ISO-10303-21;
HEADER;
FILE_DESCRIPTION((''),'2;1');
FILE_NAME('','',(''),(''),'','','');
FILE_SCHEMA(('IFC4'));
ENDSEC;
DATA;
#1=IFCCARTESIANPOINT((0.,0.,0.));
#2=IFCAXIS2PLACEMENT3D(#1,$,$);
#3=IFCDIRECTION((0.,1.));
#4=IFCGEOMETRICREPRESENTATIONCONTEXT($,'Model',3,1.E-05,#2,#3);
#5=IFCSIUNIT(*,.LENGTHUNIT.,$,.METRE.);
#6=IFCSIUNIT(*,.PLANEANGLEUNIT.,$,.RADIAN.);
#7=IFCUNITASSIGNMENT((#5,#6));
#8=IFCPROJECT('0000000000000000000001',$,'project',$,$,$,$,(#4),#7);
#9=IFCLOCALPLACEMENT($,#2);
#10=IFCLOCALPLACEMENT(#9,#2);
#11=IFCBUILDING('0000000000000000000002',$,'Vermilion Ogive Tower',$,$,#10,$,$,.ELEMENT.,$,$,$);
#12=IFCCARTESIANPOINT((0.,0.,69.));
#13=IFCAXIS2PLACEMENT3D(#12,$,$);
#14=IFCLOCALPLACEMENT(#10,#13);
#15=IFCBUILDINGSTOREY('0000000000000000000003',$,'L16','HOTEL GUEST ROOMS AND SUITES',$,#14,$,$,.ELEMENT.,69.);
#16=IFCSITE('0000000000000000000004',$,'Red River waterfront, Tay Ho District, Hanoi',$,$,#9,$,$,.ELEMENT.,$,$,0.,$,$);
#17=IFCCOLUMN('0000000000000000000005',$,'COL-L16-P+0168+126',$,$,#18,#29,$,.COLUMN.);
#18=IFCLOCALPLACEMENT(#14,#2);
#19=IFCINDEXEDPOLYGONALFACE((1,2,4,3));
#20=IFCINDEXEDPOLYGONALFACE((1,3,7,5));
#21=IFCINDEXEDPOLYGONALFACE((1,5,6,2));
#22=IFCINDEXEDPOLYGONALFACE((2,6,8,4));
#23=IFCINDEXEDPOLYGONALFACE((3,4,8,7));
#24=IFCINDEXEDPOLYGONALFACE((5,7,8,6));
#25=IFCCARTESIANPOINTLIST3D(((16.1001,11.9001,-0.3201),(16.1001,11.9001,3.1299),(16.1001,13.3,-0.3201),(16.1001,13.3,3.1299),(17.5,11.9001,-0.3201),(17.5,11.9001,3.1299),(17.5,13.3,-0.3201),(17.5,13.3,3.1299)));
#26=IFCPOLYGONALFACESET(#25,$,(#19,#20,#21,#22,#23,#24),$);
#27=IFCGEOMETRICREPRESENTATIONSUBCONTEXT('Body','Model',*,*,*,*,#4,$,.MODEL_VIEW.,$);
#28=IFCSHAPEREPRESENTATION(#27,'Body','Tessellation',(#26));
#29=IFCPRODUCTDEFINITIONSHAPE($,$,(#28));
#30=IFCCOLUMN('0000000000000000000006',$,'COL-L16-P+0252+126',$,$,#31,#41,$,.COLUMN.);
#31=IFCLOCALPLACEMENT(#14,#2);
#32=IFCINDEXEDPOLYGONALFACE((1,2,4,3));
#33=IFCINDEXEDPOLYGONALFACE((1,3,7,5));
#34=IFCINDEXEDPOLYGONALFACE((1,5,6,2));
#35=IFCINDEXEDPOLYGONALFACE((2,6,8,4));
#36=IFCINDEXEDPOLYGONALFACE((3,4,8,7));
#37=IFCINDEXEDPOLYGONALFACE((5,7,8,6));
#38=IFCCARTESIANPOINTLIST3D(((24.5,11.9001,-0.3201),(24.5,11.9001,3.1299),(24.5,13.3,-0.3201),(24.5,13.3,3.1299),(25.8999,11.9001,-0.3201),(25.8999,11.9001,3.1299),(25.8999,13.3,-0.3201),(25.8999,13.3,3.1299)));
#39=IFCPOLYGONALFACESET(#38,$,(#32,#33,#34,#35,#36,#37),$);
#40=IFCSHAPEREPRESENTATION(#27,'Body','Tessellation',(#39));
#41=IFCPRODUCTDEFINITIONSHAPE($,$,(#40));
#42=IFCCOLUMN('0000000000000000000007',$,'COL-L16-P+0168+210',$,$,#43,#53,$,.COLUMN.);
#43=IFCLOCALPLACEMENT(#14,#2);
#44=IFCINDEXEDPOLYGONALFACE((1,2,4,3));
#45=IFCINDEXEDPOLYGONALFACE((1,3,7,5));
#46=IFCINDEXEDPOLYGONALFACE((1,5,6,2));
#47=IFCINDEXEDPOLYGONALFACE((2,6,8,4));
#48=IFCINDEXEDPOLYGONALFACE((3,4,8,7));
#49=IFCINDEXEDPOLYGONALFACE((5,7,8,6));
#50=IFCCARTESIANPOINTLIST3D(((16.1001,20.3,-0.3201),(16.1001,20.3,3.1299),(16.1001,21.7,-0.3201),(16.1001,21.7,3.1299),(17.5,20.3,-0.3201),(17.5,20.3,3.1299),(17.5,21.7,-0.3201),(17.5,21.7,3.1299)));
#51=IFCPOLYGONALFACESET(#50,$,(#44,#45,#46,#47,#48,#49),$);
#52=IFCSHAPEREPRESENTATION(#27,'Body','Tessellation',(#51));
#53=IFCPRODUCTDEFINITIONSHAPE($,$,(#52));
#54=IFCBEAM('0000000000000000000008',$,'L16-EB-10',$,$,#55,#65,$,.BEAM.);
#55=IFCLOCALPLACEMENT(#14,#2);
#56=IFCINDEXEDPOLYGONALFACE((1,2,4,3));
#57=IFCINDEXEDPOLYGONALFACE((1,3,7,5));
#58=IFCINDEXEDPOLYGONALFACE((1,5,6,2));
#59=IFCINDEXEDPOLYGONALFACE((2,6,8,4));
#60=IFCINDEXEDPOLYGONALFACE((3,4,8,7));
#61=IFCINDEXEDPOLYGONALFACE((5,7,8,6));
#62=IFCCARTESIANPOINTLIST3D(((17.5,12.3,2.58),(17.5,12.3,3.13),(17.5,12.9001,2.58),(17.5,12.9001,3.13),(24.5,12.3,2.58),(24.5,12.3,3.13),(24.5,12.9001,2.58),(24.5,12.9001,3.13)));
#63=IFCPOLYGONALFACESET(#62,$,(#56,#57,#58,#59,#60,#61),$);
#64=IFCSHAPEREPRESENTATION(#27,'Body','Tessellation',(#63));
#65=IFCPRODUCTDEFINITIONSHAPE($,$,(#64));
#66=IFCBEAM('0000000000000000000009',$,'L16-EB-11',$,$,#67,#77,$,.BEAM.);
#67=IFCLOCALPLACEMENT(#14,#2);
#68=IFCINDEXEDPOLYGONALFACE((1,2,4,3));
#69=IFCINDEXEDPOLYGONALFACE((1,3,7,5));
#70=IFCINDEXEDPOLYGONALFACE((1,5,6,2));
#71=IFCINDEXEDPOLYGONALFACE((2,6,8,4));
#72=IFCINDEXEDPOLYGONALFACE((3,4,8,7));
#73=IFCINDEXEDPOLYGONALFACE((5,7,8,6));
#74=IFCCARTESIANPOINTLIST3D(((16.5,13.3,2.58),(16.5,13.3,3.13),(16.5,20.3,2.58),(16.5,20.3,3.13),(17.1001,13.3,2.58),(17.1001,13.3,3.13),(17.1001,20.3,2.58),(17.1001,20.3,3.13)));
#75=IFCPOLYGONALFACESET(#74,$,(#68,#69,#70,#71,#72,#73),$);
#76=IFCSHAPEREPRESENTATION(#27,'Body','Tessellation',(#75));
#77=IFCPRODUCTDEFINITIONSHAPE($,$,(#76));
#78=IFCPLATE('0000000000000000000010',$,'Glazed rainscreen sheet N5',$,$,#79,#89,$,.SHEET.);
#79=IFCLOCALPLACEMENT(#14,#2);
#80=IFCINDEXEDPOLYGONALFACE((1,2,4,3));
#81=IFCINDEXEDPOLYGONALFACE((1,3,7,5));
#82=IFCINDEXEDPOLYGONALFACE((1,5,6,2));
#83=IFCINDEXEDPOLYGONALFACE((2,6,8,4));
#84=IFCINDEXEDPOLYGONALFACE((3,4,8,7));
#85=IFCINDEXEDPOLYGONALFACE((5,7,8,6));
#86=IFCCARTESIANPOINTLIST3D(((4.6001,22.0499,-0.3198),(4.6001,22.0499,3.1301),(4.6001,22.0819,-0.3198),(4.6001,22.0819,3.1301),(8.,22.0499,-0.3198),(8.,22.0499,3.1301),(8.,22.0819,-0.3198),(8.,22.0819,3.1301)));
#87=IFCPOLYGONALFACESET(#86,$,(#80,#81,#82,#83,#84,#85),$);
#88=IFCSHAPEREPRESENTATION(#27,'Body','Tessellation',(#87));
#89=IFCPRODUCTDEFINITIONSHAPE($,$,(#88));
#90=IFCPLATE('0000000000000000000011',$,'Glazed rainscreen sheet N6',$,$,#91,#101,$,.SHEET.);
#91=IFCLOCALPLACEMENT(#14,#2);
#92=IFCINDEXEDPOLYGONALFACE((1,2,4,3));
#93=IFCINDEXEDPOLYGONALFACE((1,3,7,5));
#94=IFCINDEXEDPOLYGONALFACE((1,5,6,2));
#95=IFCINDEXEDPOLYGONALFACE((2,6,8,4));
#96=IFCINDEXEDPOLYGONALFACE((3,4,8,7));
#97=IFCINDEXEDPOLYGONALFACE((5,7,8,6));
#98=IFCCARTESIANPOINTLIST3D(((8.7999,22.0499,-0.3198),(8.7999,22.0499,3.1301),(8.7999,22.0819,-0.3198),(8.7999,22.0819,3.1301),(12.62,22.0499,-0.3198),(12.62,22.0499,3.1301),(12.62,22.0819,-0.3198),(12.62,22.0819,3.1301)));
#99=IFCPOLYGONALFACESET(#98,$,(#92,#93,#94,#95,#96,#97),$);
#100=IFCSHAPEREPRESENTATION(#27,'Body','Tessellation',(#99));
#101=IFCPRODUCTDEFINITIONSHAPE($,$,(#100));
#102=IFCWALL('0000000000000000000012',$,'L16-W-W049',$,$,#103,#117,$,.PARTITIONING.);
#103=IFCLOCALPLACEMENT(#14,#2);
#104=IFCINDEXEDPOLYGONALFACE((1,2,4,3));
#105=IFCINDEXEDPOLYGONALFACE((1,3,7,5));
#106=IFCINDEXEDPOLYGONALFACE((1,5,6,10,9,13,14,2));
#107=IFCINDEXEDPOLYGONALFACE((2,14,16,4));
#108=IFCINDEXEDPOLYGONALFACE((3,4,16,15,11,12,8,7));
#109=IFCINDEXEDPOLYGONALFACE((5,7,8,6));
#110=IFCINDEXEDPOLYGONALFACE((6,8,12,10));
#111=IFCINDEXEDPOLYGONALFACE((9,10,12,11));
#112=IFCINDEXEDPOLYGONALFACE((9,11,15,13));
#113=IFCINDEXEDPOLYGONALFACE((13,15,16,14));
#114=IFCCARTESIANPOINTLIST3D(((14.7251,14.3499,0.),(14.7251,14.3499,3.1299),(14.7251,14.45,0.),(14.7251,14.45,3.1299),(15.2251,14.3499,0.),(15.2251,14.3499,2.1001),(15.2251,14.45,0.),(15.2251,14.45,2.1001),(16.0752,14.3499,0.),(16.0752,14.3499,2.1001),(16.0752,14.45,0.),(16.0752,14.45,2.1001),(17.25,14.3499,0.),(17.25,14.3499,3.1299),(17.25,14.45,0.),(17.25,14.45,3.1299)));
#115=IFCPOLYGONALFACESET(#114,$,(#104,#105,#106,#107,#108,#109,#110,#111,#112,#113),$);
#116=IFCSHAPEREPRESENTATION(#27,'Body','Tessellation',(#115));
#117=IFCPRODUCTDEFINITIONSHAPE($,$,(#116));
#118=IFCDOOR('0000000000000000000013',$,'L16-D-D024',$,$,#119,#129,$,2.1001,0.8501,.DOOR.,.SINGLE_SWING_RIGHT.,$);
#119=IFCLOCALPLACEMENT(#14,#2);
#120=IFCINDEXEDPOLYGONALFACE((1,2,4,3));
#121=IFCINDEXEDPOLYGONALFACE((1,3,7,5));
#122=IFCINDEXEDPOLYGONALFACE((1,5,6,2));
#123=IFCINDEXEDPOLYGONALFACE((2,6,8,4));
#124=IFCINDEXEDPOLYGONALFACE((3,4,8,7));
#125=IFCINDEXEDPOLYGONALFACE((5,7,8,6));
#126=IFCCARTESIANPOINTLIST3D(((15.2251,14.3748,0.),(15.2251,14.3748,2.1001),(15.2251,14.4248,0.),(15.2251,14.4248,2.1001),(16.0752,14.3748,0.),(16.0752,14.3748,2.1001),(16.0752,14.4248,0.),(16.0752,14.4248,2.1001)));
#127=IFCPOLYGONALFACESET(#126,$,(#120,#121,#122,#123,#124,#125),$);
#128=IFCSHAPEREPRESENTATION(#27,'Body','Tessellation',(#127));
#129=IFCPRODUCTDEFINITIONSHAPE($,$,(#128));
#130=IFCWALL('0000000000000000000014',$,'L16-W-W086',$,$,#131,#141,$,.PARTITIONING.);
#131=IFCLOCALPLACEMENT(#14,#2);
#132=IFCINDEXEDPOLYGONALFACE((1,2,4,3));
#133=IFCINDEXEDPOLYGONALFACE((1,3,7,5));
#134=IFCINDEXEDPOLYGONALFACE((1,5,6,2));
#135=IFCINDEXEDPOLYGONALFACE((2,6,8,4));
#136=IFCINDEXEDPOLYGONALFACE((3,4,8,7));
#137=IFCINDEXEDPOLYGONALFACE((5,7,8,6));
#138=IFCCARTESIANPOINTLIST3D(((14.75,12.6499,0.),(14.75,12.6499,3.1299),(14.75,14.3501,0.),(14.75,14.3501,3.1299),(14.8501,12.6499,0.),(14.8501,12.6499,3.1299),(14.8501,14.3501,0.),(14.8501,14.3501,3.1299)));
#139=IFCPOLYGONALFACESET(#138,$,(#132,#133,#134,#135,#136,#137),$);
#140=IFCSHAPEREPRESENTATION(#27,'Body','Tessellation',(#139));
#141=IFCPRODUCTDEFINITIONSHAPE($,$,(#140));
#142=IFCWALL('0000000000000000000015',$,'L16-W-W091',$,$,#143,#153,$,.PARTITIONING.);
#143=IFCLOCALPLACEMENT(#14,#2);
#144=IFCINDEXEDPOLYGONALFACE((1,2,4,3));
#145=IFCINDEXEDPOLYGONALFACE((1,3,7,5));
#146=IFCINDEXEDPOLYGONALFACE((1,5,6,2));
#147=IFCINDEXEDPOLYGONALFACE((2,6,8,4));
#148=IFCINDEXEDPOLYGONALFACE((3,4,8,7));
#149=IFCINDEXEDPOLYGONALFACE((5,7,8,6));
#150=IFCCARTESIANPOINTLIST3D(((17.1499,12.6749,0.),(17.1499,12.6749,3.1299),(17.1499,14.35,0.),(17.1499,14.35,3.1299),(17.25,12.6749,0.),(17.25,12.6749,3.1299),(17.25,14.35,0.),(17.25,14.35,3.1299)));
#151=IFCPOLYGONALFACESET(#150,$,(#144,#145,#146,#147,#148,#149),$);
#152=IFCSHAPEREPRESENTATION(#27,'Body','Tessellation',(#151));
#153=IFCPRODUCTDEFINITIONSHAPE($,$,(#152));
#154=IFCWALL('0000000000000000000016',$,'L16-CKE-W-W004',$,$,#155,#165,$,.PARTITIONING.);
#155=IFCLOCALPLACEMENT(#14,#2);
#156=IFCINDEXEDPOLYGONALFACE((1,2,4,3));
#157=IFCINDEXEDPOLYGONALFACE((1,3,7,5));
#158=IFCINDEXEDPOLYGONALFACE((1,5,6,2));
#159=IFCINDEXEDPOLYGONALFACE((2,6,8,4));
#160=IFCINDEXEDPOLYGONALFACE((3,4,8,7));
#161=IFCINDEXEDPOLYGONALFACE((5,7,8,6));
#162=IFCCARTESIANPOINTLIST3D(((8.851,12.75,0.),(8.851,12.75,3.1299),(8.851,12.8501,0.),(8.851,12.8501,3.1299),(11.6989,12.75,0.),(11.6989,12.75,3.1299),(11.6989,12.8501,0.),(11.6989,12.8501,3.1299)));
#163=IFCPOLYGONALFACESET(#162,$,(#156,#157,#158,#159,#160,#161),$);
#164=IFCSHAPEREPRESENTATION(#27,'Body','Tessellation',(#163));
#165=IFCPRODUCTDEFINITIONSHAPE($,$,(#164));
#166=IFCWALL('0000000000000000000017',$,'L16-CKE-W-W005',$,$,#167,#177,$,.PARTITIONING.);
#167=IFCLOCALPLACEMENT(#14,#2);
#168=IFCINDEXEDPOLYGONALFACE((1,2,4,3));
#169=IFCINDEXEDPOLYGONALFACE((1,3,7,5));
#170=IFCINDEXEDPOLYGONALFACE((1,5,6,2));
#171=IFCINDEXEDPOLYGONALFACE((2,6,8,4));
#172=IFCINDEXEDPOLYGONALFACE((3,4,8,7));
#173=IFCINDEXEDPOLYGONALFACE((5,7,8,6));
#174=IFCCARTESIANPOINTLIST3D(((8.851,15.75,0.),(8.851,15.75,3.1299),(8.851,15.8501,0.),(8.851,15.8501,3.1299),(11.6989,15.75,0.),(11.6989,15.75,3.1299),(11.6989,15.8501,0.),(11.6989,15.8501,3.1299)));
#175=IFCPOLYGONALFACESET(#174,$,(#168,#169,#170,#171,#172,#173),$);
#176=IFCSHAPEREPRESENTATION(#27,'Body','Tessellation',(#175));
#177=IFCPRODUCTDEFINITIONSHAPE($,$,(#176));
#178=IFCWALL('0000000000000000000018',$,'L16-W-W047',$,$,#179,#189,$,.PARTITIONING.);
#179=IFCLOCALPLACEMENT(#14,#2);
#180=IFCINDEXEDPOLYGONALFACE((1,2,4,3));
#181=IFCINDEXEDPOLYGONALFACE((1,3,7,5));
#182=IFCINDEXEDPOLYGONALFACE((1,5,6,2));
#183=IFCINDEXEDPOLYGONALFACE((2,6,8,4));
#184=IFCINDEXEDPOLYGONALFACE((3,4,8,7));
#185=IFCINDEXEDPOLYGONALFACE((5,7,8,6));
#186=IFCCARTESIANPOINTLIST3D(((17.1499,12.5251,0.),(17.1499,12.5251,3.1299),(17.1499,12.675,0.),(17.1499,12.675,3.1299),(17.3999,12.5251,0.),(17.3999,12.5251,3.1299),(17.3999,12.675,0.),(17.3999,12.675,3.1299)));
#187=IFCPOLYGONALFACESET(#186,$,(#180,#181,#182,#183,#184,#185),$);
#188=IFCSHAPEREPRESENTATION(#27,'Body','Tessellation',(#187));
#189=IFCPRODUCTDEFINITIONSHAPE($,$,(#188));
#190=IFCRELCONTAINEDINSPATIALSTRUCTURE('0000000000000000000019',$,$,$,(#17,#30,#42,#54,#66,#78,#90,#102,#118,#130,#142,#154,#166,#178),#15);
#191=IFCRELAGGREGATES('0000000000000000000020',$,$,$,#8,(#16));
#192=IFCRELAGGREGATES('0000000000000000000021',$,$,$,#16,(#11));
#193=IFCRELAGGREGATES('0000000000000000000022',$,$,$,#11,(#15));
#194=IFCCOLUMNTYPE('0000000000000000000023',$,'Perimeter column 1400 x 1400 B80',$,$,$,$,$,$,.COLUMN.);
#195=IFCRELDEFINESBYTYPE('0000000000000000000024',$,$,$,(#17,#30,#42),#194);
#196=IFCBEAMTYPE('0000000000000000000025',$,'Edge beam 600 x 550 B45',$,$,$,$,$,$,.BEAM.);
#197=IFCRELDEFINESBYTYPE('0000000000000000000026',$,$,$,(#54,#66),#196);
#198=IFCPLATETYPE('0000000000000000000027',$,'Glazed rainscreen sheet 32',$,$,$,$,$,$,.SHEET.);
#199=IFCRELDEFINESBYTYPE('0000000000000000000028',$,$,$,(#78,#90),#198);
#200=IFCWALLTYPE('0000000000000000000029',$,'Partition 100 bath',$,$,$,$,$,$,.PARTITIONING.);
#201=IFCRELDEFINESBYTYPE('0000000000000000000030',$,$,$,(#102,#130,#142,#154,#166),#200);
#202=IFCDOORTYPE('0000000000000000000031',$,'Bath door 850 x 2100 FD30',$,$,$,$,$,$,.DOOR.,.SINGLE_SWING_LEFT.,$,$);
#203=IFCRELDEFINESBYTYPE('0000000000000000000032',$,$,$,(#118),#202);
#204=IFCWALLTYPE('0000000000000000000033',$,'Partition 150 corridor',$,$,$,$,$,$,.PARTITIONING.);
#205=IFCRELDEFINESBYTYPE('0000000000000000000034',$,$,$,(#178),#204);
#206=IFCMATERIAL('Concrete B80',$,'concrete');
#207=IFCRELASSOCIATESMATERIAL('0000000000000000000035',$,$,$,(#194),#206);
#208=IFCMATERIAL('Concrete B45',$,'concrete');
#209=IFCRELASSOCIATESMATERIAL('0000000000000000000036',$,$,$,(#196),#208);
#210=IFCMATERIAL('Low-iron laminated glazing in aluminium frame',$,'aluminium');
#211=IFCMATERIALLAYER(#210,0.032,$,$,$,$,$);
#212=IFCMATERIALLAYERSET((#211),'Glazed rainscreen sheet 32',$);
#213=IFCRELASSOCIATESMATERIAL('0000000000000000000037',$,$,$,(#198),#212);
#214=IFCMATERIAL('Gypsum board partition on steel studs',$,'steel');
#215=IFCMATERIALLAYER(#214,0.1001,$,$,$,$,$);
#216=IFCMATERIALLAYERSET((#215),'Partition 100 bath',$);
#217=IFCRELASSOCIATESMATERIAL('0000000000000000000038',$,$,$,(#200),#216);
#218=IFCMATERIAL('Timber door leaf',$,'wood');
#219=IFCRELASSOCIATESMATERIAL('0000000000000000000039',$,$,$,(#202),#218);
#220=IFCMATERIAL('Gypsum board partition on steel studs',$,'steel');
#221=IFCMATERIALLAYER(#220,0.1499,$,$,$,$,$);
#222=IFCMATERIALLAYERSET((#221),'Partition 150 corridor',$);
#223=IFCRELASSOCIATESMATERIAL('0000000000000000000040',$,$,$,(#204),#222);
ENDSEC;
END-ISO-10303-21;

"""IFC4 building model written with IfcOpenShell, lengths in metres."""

from ifc_helpers import new_model, si_unit, direction, frame, frame_2d, origin, origin_2d, place, context, subcontext, project, spatial, rectangle, extrude, material, layer, layer_set, material_profile, profile_set, type_object, element, fill, save


model = new_model("IFC4")

# Units and contexts
model_context = context("Model", 3, precision=1e-05, world=origin(), true_north=direction((0.0, 1.0)))
body_context = subcontext(model_context, "Body", "Model", "MODEL_VIEW")
ifc_project = project(units=[si_unit("LENGTHUNIT", "METRE"), si_unit("PLANEANGLEUNIT", "RADIAN")], contexts=[model_context])

# Site, building, storey
site_placement = place(None, origin())
site = spatial("IfcSite", under=ifc_project, at=site_placement, Name="Red River waterfront, Tay Ho District, Hanoi", CompositionType="ELEMENT", RefElevation=0.0)
building_placement = place(site_placement, origin())
building = spatial("IfcBuilding", under=site, at=building_placement, Name="Vermilion Ogive Tower", CompositionType="ELEMENT")
storey_placement = place(building_placement, frame((0.0, 0.0, 69.0)))
storey = spatial("IfcBuildingStorey", under=building, at=storey_placement, Name="L16", Description="HOTEL GUEST ROOMS AND SUITES", CompositionType="ELEMENT", Elevation=69.0)

# Columns
ifc_material_1 = material(Name="Concrete B80", Category="concrete")
ifc_material_profile_1 = material_profile(ifc_material_1, rectangle(XDim=1.3999, YDim=1.3999, at=origin_2d()), Name="1400 x 1400")
ifc_profile_set_1 = profile_set([ifc_material_profile_1], Name="Concrete B80")
column_type = type_object("IfcColumnType", Name="Perimeter column 1400 x 1400 B80", PredefinedType="COLUMN", material=ifc_profile_set_1)
for number, where, z_axis, x_axis, name in (
    (1, (16.8, 12.6001, -0.3201), (0.0, 0.0, 1.0), (1.0, 0.0, 0.0), "COL-L16-P+0168+126"),
    (2, (25.2, 12.6001, -0.3201), (0.0, 0.0, 1.0), (1.0, 0.0, 0.0), "COL-L16-P+0252+126"),
    (3, (16.8, 21.0, -0.3201), (0.0, 0.0, 1.0), (1.0, 0.0, 0.0), "COL-L16-P+0168+210"),
):
    element("IfcColumn", number, at=place(storey_placement, frame(where, z_axis=z_axis, x_axis=x_axis)), inside=storey, type_object=column_type, Name=name, PredefinedType="COLUMN", context=body_context, shape_type="SweptSolid", body=[
        extrude(rectangle(XDim=1.3999, YDim=1.3999, at=origin_2d()), origin(), (0.0, 0.0, 1.0), 3.45),
    ])

# Beams
ifc_material_2 = material(Name="Concrete B45", Category="concrete")
ifc_material_profile_2 = material_profile(ifc_material_2, rectangle(XDim=0.6001, YDim=0.55, at=origin_2d()), Name="600 x 550")
ifc_profile_set_2 = profile_set([ifc_material_profile_2], Name="Concrete B45")
beam_type = type_object("IfcBeamType", Name="Edge beam 600 x 550 B45", PredefinedType="BEAM", material=ifc_profile_set_2)
for number, where, z_axis, x_axis, name in (
    (4, (24.5, 12.6001, 2.855), (-1.0, 0.0, 0.0), (0.0, -1.0, 0.0), "L16-EB-10"),
    (5, (16.8, 13.3, 2.855), (0.0, 1.0, 0.0), (-1.0, 0.0, 0.0), "L16-EB-11"),
):
    element("IfcBeam", number, at=place(storey_placement, frame(where, z_axis=z_axis, x_axis=x_axis)), inside=storey, type_object=beam_type, Name=name, PredefinedType="BEAM", context=body_context, shape_type="SweptSolid", body=[
        extrude(rectangle(XDim=0.6001, YDim=0.55, at=origin_2d()), origin(), (0.0, 0.0, 1.0), 7.0),
    ])

# Plates
ifc_material_3 = material(Name="Low-iron laminated glazing in aluminium frame", Category="aluminium")
ifc_layer_1 = layer(ifc_material_3, 0.032)
ifc_layer_set_1 = layer_set([ifc_layer_1], Name="Glazed rainscreen sheet 32")
plate_type = type_object("IfcPlateType", Name="Glazed rainscreen sheet 32", PredefinedType="SHEET", material=ifc_layer_set_1)
plate_1_placement = place(storey_placement, frame((6.3, 22.0659, -0.3198), z_axis=(0.0, 0.0, 1.0), x_axis=(1.0, 0.0, 0.0)))
element("IfcPlate", 6, at=plate_1_placement, inside=storey, type_object=plate_type, Name="Glazed rainscreen sheet N5", PredefinedType="SHEET", context=body_context, shape_type="SweptSolid", body=[
    extrude(rectangle(XDim=3.3999, YDim=0.032, at=origin_2d()), origin(), (0.0, 0.0, 1.0), 3.45),
])
plate_2_placement = place(storey_placement, frame((10.71, 22.0659, -0.3198), z_axis=(0.0, 0.0, 1.0), x_axis=(1.0, 0.0, 0.0)))
element("IfcPlate", 7, at=plate_2_placement, inside=storey, type_object=plate_type, Name="Glazed rainscreen sheet N6", PredefinedType="SHEET", context=body_context, shape_type="SweptSolid", body=[
    extrude(rectangle(XDim=3.8201, YDim=0.032, at=origin_2d()), origin(), (0.0, 0.0, 1.0), 3.45),
])

# Wall, opening, door
ifc_material_4 = material(Name="Gypsum board partition on steel studs", Category="steel")
ifc_layer_2 = layer(ifc_material_4, 0.1001)
ifc_layer_set_2 = layer_set([ifc_layer_2], Name="Partition 100 bath")
wall_type_1 = type_object("IfcWallType", Name="Partition 100 bath", PredefinedType="PARTITIONING", material=ifc_layer_set_2)
wall_1_placement = place(storey_placement, frame((14.7251, 14.3999, 0.0), z_axis=(0.0, 0.0, 1.0), x_axis=(1.0, 0.0, 0.0)))
wall_1 = element("IfcWall", 8, at=wall_1_placement, inside=storey, type_object=wall_type_1, Name="L16-W-W049", PredefinedType="PARTITIONING", context=body_context, shape_type="SweptSolid", body=[
    extrude(rectangle(XDim=2.5249, YDim=0.1001, at=frame_2d((1.2625, 0.0))), origin(), (0.0, 0.0, 1.0), 3.1299),
])
opening_1_placement = place(wall_1_placement, frame((0.5, 0.0, 0.0)))
opening_1 = element("IfcOpeningElement", 9, at=opening_1_placement, cuts=wall_1, PredefinedType="OPENING", context=body_context, shape_type="SweptSolid", body=[
    extrude(rectangle(XDim=0.8501, YDim=2.1001, at=frame_2d((0.425, 1.05))), frame((0.0, 0.0601, 0.0), z_axis=(0.0, -1.0, 0.0), x_axis=(1.0, 0.0, 0.0)), (0.0, 0.0, 1.0), 0.1201),
])
ifc_material_5 = material(Name="Timber door leaf", Category="wood")
door_type_1 = type_object("IfcDoorType", Name="Bath door 850 x 2100 FD30", OperationType="SINGLE_SWING_LEFT", PredefinedType="DOOR", material=ifc_material_5)
door_1_placement = place(opening_1_placement, origin())
door_1 = element("IfcDoor", 10, at=door_1_placement, inside=storey, type_object=door_type_1, Name="L16-D-D024", OperationType="SINGLE_SWING_RIGHT", OverallHeight=2.1001, OverallWidth=0.8501, PredefinedType="DOOR", context=body_context, shape_type="SweptSolid", body=[
    extrude(rectangle(XDim=0.8501, YDim=2.1001, at=frame_2d((0.425, 1.05))), frame((0.0, 0.0249, 0.0), z_axis=(0.0, -1.0, 0.0), x_axis=(1.0, 0.0, 0.0)), (0.0, 0.0, 1.0), 0.05),
])
fill(opening_1, door_1)

# Walls
wall_2_placement = place(storey_placement, frame((14.8, 12.6499, 0.0), z_axis=(0.0, 0.0, 1.0), x_axis=(0.0, 1.0, 0.0)))
element("IfcWall", 11, at=wall_2_placement, inside=storey, type_object=wall_type_1, Name="L16-W-W086", PredefinedType="PARTITIONING", context=body_context, shape_type="SweptSolid", body=[
    extrude(rectangle(XDim=1.7002, YDim=0.1001, at=frame_2d((0.8501, 0.0))), origin(), (0.0, 0.0, 1.0), 3.1299),
])
wall_3_placement = place(storey_placement, frame((17.2, 12.675, 0.0), z_axis=(0.0, 0.0, 1.0), x_axis=(0.0, 1.0, 0.0)))
element("IfcWall", 12, at=wall_3_placement, inside=storey, type_object=wall_type_1, Name="L16-W-W091", PredefinedType="PARTITIONING", context=body_context, shape_type="SweptSolid", body=[
    extrude(rectangle(XDim=1.675, YDim=0.1001, at=frame_2d((0.8374, 0.0))), origin(), (0.0, 0.0, 1.0), 3.1299),
])
for number, where, z_axis, x_axis, name in (
    (13, (8.8511, 12.8, 0.0), (0.0, 0.0, 1.0), (1.0, 0.0, 0.0), "L16-CKE-W-W004"),
    (14, (8.8511, 15.8, 0.0), (0.0, 0.0, 1.0), (1.0, 0.0, 0.0), "L16-CKE-W-W005"),
):
    element("IfcWall", number, at=place(storey_placement, frame(where, z_axis=z_axis, x_axis=x_axis)), inside=storey, type_object=wall_type_1, Name=name, PredefinedType="PARTITIONING", context=body_context, shape_type="SweptSolid", body=[
        extrude(rectangle(XDim=2.8479, YDim=0.1001, at=frame_2d((1.4238, 0.0))), origin(), (0.0, 0.0, 1.0), 3.1299),
    ])
ifc_material_6 = material(Name="Gypsum board partition on steel studs", Category="steel")
ifc_layer_3 = layer(ifc_material_6, 0.1499)
ifc_layer_set_3 = layer_set([ifc_layer_3], Name="Partition 150 corridor")
wall_type_2 = type_object("IfcWallType", Name="Partition 150 corridor", PredefinedType="PARTITIONING", material=ifc_layer_set_3)
wall_4_placement = place(storey_placement, frame((17.1499, 12.6001, 0.0), z_axis=(0.0, 0.0, 1.0), x_axis=(1.0, 0.0, 0.0)))
element("IfcWall", 15, at=wall_4_placement, inside=storey, type_object=wall_type_2, Name="L16-W-W047", PredefinedType="PARTITIONING", context=body_context, shape_type="SweptSolid", body=[
    extrude(rectangle(XDim=0.25, YDim=0.1499, at=frame_2d((0.125, 0.0))), origin(), (0.0, 0.0, 1.0), 3.1299),
])

save(model, "model.ifc")
